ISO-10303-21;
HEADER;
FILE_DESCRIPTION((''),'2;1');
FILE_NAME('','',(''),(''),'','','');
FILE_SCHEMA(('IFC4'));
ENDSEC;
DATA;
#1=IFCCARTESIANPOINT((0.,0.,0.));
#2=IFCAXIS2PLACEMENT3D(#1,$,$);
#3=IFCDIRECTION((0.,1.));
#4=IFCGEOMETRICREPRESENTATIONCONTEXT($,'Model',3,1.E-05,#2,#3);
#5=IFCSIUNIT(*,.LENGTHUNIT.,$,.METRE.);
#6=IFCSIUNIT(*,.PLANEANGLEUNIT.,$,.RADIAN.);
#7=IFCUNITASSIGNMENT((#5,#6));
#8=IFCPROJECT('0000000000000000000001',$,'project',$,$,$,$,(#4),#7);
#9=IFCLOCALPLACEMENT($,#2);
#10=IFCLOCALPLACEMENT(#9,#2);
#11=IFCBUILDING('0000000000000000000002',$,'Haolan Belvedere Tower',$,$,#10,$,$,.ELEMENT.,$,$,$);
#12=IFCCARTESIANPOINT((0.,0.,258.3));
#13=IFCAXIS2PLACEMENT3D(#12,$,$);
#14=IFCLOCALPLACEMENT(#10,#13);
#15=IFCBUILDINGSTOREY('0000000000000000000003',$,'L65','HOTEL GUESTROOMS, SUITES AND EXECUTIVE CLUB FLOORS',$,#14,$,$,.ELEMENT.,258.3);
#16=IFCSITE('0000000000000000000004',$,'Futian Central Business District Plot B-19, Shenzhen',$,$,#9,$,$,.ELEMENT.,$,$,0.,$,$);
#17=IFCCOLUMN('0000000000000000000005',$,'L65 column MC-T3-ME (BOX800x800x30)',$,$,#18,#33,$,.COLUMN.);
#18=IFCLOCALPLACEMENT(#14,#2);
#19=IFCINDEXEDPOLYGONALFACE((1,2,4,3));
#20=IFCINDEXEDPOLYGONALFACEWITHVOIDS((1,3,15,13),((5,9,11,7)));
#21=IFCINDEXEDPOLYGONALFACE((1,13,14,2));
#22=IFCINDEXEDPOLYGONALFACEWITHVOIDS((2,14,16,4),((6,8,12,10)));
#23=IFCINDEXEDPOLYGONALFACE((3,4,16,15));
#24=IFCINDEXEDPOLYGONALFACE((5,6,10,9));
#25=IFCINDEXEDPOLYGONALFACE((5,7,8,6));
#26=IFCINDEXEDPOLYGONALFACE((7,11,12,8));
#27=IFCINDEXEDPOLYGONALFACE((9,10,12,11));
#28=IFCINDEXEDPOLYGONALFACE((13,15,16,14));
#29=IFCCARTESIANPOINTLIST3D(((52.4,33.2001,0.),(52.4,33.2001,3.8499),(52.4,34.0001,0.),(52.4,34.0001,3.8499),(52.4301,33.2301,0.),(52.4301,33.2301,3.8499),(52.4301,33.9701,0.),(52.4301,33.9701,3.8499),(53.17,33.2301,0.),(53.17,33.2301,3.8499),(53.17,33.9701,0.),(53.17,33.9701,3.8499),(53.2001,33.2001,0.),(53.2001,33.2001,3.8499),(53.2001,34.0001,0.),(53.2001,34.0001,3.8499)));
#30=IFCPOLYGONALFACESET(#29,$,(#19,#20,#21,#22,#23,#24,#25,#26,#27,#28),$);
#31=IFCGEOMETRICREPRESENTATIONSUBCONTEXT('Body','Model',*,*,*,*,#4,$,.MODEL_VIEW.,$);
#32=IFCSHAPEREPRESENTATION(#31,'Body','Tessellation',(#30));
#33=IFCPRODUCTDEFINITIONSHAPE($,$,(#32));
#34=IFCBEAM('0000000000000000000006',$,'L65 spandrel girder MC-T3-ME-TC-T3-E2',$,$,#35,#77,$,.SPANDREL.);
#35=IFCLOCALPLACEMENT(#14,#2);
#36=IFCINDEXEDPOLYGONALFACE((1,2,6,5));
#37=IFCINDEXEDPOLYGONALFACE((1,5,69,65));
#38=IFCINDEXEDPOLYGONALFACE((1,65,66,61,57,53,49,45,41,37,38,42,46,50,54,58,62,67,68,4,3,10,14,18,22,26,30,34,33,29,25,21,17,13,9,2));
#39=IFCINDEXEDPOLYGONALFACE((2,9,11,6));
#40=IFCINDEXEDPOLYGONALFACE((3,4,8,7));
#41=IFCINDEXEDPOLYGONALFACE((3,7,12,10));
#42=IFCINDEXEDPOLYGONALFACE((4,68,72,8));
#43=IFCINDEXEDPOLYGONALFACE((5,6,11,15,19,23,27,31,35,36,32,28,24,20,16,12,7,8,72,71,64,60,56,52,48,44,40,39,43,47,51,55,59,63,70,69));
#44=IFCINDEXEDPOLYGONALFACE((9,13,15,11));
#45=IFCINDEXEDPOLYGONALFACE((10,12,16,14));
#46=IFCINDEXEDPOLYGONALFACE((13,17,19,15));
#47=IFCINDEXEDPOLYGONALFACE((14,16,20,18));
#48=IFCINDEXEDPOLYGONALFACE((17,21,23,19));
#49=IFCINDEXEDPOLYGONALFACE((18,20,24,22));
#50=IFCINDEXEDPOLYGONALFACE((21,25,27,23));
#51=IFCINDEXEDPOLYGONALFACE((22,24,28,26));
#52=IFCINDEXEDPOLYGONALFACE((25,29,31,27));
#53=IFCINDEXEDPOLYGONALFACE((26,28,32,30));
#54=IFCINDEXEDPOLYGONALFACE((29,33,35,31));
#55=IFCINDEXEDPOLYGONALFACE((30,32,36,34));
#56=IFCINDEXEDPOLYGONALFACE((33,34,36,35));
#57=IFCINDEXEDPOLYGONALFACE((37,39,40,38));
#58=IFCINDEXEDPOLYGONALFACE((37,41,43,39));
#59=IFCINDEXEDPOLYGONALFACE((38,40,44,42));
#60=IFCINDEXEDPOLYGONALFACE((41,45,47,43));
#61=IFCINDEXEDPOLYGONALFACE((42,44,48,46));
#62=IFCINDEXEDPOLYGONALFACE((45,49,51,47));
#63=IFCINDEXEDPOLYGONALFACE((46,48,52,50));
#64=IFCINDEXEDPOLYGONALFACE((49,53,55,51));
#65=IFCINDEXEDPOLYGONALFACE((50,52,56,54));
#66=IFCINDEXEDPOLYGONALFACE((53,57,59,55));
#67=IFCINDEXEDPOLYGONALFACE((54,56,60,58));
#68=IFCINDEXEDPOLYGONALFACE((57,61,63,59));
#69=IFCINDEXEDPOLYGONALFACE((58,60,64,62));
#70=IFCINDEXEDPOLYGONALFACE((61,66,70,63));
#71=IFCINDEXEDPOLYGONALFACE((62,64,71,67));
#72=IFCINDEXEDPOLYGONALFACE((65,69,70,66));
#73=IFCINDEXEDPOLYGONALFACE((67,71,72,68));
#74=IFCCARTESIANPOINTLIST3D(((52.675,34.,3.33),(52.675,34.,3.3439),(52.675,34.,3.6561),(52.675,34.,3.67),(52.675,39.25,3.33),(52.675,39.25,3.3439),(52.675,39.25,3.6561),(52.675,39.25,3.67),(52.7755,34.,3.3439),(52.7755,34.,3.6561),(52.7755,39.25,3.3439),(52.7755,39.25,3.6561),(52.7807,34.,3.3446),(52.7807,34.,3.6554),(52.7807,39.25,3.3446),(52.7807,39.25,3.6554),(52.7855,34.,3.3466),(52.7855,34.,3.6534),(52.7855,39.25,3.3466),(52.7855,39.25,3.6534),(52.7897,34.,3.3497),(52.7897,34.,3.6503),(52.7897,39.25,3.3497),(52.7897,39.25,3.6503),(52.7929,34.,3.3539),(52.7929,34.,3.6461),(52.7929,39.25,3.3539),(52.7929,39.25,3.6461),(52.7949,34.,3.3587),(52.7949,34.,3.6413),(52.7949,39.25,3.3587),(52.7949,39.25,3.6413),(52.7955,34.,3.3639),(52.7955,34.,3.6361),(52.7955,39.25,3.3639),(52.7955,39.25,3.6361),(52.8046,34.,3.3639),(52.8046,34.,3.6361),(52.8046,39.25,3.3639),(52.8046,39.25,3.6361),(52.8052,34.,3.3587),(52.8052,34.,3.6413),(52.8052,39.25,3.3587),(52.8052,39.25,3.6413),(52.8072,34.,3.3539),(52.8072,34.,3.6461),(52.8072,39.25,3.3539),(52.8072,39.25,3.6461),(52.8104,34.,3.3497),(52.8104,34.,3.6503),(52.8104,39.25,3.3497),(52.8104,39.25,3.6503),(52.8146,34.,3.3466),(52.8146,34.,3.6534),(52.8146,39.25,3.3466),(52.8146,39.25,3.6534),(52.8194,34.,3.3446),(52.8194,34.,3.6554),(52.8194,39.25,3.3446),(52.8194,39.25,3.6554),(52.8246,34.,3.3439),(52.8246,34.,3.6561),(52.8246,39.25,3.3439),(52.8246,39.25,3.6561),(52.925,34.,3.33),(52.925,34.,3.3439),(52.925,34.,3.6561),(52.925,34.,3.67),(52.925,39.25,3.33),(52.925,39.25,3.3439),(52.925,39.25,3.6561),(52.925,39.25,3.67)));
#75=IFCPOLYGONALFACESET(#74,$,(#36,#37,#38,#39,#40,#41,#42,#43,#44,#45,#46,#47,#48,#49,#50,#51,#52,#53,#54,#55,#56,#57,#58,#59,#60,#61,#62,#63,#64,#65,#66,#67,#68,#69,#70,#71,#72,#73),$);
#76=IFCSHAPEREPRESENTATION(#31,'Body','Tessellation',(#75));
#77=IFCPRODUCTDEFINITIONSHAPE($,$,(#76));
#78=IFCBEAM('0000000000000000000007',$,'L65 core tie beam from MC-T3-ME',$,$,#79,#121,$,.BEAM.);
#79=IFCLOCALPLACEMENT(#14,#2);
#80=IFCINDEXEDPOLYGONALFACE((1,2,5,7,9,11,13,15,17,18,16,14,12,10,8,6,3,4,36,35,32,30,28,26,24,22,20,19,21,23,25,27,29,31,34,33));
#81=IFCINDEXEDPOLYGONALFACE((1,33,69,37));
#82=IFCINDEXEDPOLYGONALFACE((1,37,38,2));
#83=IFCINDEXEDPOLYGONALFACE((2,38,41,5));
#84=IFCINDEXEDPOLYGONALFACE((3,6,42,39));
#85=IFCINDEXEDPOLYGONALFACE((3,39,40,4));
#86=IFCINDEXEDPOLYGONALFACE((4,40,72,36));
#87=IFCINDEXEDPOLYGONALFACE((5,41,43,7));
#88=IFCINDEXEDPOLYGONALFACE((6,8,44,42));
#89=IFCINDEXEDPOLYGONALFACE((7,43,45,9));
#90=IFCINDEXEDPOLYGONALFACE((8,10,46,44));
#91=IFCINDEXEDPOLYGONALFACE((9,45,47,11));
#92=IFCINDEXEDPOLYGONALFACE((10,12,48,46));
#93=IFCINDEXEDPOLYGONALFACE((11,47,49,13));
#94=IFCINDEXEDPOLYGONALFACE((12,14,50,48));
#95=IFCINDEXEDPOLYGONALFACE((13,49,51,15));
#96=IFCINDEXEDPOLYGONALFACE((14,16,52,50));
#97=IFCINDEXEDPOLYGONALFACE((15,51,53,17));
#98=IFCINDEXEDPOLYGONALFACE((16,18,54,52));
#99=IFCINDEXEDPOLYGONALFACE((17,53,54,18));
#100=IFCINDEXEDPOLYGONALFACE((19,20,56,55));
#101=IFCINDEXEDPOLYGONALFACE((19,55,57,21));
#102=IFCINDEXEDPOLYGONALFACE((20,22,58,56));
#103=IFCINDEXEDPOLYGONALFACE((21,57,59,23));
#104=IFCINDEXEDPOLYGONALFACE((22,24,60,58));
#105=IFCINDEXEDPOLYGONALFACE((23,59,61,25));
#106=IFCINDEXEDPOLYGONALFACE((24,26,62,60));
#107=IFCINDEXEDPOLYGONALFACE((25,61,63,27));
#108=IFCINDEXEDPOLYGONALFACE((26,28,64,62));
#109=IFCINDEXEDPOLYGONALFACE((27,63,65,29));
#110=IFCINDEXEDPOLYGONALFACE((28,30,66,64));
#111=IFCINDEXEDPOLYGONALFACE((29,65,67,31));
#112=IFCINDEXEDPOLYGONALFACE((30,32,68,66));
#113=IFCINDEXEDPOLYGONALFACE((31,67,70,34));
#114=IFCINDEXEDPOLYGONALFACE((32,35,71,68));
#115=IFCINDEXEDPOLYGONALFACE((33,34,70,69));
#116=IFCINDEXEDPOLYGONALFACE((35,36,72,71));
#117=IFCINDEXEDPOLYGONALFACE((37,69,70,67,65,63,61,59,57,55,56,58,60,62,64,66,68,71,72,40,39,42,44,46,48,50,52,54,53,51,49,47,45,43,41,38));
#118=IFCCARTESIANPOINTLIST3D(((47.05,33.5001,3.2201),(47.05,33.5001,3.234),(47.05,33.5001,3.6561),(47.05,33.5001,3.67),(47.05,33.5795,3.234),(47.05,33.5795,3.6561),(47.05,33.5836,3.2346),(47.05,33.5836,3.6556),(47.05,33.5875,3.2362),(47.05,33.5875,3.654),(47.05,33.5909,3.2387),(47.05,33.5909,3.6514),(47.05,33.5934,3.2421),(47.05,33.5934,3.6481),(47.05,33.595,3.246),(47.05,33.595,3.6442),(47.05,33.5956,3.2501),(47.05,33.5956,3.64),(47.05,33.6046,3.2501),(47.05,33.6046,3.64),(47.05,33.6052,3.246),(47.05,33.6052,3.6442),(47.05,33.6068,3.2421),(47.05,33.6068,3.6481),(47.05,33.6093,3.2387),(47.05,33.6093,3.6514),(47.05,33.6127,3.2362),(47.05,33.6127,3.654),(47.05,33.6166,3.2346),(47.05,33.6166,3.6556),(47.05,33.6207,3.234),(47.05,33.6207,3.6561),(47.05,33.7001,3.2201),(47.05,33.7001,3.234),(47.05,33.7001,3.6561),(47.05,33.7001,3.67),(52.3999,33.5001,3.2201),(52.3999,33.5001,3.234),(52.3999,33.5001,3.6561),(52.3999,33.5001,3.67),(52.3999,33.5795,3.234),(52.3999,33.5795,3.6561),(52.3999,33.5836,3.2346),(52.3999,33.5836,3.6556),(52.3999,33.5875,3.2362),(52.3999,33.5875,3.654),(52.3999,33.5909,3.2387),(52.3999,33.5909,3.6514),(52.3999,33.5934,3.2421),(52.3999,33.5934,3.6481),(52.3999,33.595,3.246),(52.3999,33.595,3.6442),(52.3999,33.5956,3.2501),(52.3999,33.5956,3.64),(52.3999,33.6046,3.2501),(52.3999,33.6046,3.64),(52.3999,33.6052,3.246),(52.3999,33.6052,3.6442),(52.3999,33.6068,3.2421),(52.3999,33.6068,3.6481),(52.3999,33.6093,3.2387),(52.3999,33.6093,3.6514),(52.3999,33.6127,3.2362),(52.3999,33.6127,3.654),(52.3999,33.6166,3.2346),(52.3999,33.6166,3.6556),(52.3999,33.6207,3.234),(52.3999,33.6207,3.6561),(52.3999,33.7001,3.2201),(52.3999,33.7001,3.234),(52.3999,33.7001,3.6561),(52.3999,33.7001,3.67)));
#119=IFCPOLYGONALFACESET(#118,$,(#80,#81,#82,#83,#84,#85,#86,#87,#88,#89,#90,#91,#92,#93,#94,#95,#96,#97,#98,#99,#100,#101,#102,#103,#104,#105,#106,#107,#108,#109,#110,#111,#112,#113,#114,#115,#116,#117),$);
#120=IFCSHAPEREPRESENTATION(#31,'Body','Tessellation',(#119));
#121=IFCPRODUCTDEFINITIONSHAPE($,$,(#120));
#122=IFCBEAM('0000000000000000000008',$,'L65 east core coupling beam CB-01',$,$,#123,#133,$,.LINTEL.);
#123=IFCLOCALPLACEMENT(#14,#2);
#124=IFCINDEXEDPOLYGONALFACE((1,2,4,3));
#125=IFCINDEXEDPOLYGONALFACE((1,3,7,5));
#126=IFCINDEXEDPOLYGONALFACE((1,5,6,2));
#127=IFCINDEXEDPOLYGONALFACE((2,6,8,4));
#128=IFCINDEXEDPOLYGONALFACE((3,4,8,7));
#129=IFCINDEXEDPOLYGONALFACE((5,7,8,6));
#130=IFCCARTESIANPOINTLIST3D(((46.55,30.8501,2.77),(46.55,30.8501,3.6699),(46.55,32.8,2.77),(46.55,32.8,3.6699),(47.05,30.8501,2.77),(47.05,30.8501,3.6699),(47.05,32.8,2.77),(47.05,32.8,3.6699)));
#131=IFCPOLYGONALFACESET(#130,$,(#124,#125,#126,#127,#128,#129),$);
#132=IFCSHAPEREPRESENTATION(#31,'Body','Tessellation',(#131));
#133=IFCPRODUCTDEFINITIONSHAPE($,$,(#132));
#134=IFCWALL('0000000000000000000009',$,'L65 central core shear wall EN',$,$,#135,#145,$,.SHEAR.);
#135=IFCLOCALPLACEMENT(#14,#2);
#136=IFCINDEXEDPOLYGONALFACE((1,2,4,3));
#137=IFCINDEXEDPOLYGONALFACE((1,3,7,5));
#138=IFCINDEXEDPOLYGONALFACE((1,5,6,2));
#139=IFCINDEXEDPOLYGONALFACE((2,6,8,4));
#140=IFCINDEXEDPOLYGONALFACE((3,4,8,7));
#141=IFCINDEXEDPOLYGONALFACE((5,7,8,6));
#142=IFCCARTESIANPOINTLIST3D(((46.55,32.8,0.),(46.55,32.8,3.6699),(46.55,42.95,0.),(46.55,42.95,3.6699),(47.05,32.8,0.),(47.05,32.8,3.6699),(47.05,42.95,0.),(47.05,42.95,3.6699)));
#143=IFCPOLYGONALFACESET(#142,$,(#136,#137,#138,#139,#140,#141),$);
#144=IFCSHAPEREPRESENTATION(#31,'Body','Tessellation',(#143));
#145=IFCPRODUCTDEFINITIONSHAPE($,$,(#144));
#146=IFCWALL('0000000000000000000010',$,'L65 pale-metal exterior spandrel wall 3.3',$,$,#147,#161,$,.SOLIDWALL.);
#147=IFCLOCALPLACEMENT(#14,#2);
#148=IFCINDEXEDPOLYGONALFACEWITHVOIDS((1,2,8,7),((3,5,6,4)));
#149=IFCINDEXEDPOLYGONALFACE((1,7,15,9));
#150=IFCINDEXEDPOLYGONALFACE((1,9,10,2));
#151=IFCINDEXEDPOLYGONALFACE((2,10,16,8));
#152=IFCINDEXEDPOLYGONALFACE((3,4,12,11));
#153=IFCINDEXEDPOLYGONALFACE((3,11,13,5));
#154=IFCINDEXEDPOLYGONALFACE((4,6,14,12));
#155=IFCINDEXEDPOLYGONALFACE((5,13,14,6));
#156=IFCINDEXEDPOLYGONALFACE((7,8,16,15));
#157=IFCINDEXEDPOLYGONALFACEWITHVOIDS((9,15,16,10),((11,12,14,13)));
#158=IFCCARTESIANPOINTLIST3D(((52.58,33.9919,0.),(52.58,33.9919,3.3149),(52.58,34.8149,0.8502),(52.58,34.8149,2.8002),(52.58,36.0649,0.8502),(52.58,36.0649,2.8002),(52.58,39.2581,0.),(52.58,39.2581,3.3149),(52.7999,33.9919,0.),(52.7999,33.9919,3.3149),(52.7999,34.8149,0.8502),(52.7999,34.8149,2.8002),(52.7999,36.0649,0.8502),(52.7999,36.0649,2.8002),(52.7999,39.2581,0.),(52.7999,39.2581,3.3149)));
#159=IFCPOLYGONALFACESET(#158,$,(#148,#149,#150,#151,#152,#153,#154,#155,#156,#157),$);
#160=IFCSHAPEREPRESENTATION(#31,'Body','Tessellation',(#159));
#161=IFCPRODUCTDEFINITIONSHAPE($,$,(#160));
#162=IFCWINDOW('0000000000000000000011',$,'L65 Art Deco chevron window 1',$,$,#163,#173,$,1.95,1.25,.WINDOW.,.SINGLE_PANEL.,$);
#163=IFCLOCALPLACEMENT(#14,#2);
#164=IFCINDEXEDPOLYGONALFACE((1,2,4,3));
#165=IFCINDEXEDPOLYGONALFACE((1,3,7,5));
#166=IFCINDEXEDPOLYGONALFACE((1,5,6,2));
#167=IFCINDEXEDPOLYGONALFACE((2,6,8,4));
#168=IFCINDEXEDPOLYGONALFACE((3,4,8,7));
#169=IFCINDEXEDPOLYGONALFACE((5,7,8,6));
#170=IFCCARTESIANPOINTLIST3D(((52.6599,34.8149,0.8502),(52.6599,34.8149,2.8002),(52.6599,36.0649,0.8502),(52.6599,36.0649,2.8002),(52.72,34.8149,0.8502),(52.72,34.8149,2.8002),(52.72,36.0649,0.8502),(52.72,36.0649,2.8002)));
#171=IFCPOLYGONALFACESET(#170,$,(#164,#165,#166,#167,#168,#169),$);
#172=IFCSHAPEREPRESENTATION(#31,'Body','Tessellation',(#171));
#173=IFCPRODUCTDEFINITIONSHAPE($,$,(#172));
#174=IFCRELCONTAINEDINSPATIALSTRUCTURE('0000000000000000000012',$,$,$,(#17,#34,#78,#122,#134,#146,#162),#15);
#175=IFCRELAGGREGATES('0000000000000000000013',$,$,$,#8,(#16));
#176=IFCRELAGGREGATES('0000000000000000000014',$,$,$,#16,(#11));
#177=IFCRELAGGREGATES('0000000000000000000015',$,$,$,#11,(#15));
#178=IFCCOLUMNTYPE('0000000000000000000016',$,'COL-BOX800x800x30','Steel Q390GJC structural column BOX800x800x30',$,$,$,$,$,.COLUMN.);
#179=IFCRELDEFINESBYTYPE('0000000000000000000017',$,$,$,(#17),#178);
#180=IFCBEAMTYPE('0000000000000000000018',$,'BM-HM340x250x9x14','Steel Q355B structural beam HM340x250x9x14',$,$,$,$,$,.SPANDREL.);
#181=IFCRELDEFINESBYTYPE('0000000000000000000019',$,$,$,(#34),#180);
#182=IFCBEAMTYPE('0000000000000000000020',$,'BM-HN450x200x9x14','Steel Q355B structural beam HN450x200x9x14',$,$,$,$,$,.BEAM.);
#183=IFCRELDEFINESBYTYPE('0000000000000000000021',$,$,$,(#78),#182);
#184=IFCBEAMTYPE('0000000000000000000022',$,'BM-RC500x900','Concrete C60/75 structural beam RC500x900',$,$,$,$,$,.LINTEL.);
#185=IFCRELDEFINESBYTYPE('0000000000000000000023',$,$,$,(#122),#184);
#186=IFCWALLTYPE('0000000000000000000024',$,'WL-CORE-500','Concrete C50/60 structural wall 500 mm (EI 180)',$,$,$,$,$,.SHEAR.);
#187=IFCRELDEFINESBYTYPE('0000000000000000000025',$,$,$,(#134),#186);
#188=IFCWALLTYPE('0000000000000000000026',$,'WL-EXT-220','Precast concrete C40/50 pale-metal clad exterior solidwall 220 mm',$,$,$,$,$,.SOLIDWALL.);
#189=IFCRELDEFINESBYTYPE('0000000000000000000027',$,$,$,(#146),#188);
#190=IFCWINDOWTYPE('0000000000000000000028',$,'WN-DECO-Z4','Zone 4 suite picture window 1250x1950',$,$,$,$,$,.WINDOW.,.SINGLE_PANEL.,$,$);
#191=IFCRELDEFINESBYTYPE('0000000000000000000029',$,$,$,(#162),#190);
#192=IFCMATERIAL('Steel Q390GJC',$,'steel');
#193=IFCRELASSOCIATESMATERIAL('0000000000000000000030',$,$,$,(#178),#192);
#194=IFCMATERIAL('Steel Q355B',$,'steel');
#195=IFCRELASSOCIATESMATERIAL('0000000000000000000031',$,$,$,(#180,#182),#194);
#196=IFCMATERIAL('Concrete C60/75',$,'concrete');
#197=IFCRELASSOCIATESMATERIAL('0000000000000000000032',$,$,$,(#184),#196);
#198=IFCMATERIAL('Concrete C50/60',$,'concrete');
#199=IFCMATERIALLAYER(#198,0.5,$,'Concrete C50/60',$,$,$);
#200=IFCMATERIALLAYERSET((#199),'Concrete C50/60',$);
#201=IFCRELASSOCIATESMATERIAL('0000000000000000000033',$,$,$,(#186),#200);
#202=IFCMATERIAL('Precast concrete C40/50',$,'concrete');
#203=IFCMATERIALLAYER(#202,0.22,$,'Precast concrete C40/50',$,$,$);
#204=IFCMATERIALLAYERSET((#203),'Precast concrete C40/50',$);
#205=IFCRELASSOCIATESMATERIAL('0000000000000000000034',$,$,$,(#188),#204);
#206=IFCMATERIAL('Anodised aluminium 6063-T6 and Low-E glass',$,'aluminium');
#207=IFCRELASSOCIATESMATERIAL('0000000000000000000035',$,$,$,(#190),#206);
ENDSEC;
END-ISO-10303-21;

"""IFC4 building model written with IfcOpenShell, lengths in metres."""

from ifc_helpers import new_model, si_unit, direction, frame, frame_2d, origin, origin_2d, place, context, subcontext, project, spatial, rectangle, hollow_rectangle, i_section, extrude, material, layer, layer_set, material_profile, profile_set, type_object, element, fill, save


model = new_model("IFC4")

# Units and contexts
model_context = context("Model", 3, precision=1e-05, world=origin(), true_north=direction((0.0, 1.0)))
body_context = subcontext(model_context, "Body", "Model", "MODEL_VIEW")
ifc_project = project(units=[si_unit("LENGTHUNIT", "METRE"), si_unit("PLANEANGLEUNIT", "RADIAN")], contexts=[model_context])

# Site, building, storey
site_placement = place(None, origin())
site = spatial("IfcSite", under=ifc_project, at=site_placement, Name="Futian Central Business District Plot B-19, Shenzhen", CompositionType="ELEMENT", RefElevation=0.0)
building_placement = place(site_placement, origin())
building = spatial("IfcBuilding", under=site, at=building_placement, Name="Haolan Belvedere Tower", CompositionType="ELEMENT")
storey_placement = place(building_placement, frame((0.0, 0.0, 258.3)))
storey = spatial("IfcBuildingStorey", under=building, at=storey_placement, Name="L65", Description="HOTEL GUESTROOMS, SUITES AND EXECUTIVE CLUB FLOORS", CompositionType="ELEMENT", Elevation=258.3)

# Column
ifc_material_1 = material(Name="Steel Q390GJC", Category="steel")
ifc_material_profile_1 = material_profile(ifc_material_1, hollow_rectangle(XDim=0.8, YDim=0.8, WallThickness=0.03, at=origin_2d()), Name="Steel Q390GJC")
ifc_profile_set_1 = profile_set([ifc_material_profile_1], Name="Steel Q390GJC")
column_type = type_object("IfcColumnType", Name="COL-BOX800x800x30", Description="Steel Q390GJC structural column BOX800x800x30", PredefinedType="COLUMN", material=ifc_profile_set_1)
column_placement = place(storey_placement, frame((52.8, 33.6001, 0.0), z_axis=(0.0, 0.0, 1.0), x_axis=(1.0, 0.0, 0.0)))
element("IfcColumn", 1, at=column_placement, inside=storey, type_object=column_type, Name="L65 column MC-T3-ME (BOX800x800x30)", PredefinedType="COLUMN", context=body_context, shape_type="SweptSolid", body=[
    extrude(hollow_rectangle(XDim=0.8, YDim=0.8, WallThickness=0.03, at=origin_2d()), origin(), (0.0, 0.0, 1.0), 3.8499),
])

# Beams
ifc_material_2 = material(Name="Steel Q355B", Category="steel")
ifc_material_profile_2 = material_profile(ifc_material_2, i_section(OverallWidth=0.25, OverallDepth=0.3401, WebThickness=0.009, FlangeThickness=0.0139, FilletRadius=0.02, at=origin_2d()), Name="Steel Q355B")
ifc_profile_set_2 = profile_set([ifc_material_profile_2], Name="Steel Q355B")
beam_type_1 = type_object("IfcBeamType", Name="BM-HM340x250x9x14", Description="Steel Q355B structural beam HM340x250x9x14", PredefinedType="SPANDREL", material=ifc_profile_set_2)
beam_1_placement = place(storey_placement, frame((52.8, 34.0, 3.5), z_axis=(0.0, 1.0, 0.0), x_axis=(-1.0, 0.0, 0.0)))
element("IfcBeam", 2, at=beam_1_placement, inside=storey, type_object=beam_type_1, Name="L65 spandrel girder MC-T3-ME-TC-T3-E2", PredefinedType="SPANDREL", context=body_context, shape_type="SweptSolid", body=[
    extrude(i_section(OverallWidth=0.25, OverallDepth=0.3401, WebThickness=0.009, FlangeThickness=0.0139, FilletRadius=0.02, at=origin_2d()), origin(), (0.0, 0.0, 1.0), 5.25),
])
ifc_material_profile_3 = material_profile(ifc_material_2, i_section(OverallWidth=0.2, OverallDepth=0.45, WebThickness=0.009, FlangeThickness=0.0139, FilletRadius=0.0161, at=origin_2d()), Name="Steel Q355B")
ifc_profile_set_3 = profile_set([ifc_material_profile_3], Name="Steel Q355B")
beam_type_2 = type_object("IfcBeamType", Name="BM-HN450x200x9x14", Description="Steel Q355B structural beam HN450x200x9x14", PredefinedType="BEAM", material=ifc_profile_set_3)
beam_2_placement = place(storey_placement, frame((52.3999, 33.6001, 3.4451), z_axis=(-1.0, 0.0, 0.0), x_axis=(0.0, -1.0, 0.0)))
element("IfcBeam", 3, at=beam_2_placement, inside=storey, type_object=beam_type_2, Name="L65 core tie beam from MC-T3-ME", PredefinedType="BEAM", context=body_context, shape_type="SweptSolid", body=[
    extrude(i_section(OverallWidth=0.2, OverallDepth=0.45, WebThickness=0.009, FlangeThickness=0.0139, FilletRadius=0.0161, at=origin_2d()), origin(), (0.0, 0.0, 1.0), 5.3499),
])
ifc_material_3 = material(Name="Concrete C60/75", Category="concrete")
ifc_material_profile_4 = material_profile(ifc_material_3, rectangle(XDim=0.5, YDim=0.8999, at=origin_2d()), Name="Concrete C60/75")
ifc_profile_set_4 = profile_set([ifc_material_profile_4], Name="Concrete C60/75")
beam_type_3 = type_object("IfcBeamType", Name="BM-RC500x900", Description="Concrete C60/75 structural beam RC500x900", PredefinedType="LINTEL", material=ifc_profile_set_4)
beam_3_placement = place(storey_placement, frame((46.8, 30.8501, 3.22), z_axis=(0.0, 1.0, 0.0), x_axis=(-1.0, 0.0, 0.0)))
element("IfcBeam", 4, at=beam_3_placement, inside=storey, type_object=beam_type_3, Name="L65 east core coupling beam CB-01", PredefinedType="LINTEL", context=body_context, shape_type="SweptSolid", body=[
    extrude(rectangle(XDim=0.5, YDim=0.8999, at=origin_2d()), origin(), (0.0, 0.0, 1.0), 1.95),
])

# Wall
ifc_material_4 = material(Name="Concrete C50/60", Category="concrete")
ifc_layer_1 = layer(ifc_material_4, 0.5, Name="Concrete C50/60")
ifc_layer_set_1 = layer_set([ifc_layer_1], Name="Concrete C50/60")
wall_type_1 = type_object("IfcWallType", Name="WL-CORE-500", Description="Concrete C50/60 structural wall 500 mm (EI 180)", PredefinedType="SHEAR", material=ifc_layer_set_1)
wall_1_placement = place(storey_placement, frame((46.8, 32.8, 0.0), z_axis=(0.0, 0.0, 1.0), x_axis=(0.0, 1.0, 0.0)))
element("IfcWall", 5, at=wall_1_placement, inside=storey, type_object=wall_type_1, Name="L65 central core shear wall EN", PredefinedType="SHEAR", context=body_context, shape_type="SweptSolid", body=[
    extrude(rectangle(XDim=10.1499, YDim=0.5, at=frame_2d((5.075, 0.0))), origin(), (0.0, 0.0, 1.0), 3.6699),
])

# Wall, opening, window
ifc_material_5 = material(Name="Precast concrete C40/50", Category="concrete")
ifc_layer_2 = layer(ifc_material_5, 0.22, Name="Precast concrete C40/50")
ifc_layer_set_2 = layer_set([ifc_layer_2], Name="Precast concrete C40/50")
wall_type_2 = type_object("IfcWallType", Name="WL-EXT-220", Description="Precast concrete C40/50 pale-metal clad exterior solidwall 220 mm", PredefinedType="SOLIDWALL", material=ifc_layer_set_2)
wall_2_placement = place(storey_placement, frame((52.6899, 33.9919, 0.0), z_axis=(0.0, 0.0, 1.0), x_axis=(0.0, 1.0, 0.0)))
wall_2 = element("IfcWall", 6, at=wall_2_placement, inside=storey, type_object=wall_type_2, Name="L65 pale-metal exterior spandrel wall 3.3", PredefinedType="SOLIDWALL", context=body_context, shape_type="SweptSolid", body=[
    extrude(rectangle(XDim=5.2661, YDim=0.22, at=frame_2d((2.6331, 0.0))), origin(), (0.0, 0.0, 1.0), 3.3149),
])
opening_1_placement = place(wall_2_placement, frame((0.823, 0.0, 0.8501)))
opening_1 = element("IfcOpeningElement", 7, at=opening_1_placement, cuts=wall_2, PredefinedType="OPENING", context=body_context, shape_type="SweptSolid", body=[
    extrude(rectangle(XDim=1.25, YDim=1.95, at=frame_2d((0.625, 0.9751))), frame((0.0, 0.1199, 0.0), z_axis=(0.0, -1.0, 0.0), x_axis=(1.0, 0.0, 0.0)), (0.0, 0.0, 1.0), 0.24),
])
ifc_material_6 = material(Name="Anodised aluminium 6063-T6 and Low-E glass", Category="aluminium")
window_type = type_object("IfcWindowType", Name="WN-DECO-Z4", Description="Zone 4 suite picture window 1250x1950", PartitioningType="SINGLE_PANEL", PredefinedType="WINDOW", material=ifc_material_6)
window_placement = place(opening_1_placement, origin())
window = element("IfcWindow", 8, at=window_placement, inside=storey, type_object=window_type, Name="L65 Art Deco chevron window 1", OverallHeight=1.95, OverallWidth=1.25, PartitioningType="SINGLE_PANEL", PredefinedType="WINDOW", context=body_context, shape_type="SweptSolid", body=[
    extrude(rectangle(XDim=1.25, YDim=1.95, at=frame_2d((0.625, 0.9751))), frame((0.0, 0.03, 0.0), z_axis=(0.0, -1.0, 0.0), x_axis=(1.0, 0.0, 0.0)), (0.0, 0.0, 1.0), 0.0601),
])
fill(opening_1, window)

save(model, "model.ifc")
